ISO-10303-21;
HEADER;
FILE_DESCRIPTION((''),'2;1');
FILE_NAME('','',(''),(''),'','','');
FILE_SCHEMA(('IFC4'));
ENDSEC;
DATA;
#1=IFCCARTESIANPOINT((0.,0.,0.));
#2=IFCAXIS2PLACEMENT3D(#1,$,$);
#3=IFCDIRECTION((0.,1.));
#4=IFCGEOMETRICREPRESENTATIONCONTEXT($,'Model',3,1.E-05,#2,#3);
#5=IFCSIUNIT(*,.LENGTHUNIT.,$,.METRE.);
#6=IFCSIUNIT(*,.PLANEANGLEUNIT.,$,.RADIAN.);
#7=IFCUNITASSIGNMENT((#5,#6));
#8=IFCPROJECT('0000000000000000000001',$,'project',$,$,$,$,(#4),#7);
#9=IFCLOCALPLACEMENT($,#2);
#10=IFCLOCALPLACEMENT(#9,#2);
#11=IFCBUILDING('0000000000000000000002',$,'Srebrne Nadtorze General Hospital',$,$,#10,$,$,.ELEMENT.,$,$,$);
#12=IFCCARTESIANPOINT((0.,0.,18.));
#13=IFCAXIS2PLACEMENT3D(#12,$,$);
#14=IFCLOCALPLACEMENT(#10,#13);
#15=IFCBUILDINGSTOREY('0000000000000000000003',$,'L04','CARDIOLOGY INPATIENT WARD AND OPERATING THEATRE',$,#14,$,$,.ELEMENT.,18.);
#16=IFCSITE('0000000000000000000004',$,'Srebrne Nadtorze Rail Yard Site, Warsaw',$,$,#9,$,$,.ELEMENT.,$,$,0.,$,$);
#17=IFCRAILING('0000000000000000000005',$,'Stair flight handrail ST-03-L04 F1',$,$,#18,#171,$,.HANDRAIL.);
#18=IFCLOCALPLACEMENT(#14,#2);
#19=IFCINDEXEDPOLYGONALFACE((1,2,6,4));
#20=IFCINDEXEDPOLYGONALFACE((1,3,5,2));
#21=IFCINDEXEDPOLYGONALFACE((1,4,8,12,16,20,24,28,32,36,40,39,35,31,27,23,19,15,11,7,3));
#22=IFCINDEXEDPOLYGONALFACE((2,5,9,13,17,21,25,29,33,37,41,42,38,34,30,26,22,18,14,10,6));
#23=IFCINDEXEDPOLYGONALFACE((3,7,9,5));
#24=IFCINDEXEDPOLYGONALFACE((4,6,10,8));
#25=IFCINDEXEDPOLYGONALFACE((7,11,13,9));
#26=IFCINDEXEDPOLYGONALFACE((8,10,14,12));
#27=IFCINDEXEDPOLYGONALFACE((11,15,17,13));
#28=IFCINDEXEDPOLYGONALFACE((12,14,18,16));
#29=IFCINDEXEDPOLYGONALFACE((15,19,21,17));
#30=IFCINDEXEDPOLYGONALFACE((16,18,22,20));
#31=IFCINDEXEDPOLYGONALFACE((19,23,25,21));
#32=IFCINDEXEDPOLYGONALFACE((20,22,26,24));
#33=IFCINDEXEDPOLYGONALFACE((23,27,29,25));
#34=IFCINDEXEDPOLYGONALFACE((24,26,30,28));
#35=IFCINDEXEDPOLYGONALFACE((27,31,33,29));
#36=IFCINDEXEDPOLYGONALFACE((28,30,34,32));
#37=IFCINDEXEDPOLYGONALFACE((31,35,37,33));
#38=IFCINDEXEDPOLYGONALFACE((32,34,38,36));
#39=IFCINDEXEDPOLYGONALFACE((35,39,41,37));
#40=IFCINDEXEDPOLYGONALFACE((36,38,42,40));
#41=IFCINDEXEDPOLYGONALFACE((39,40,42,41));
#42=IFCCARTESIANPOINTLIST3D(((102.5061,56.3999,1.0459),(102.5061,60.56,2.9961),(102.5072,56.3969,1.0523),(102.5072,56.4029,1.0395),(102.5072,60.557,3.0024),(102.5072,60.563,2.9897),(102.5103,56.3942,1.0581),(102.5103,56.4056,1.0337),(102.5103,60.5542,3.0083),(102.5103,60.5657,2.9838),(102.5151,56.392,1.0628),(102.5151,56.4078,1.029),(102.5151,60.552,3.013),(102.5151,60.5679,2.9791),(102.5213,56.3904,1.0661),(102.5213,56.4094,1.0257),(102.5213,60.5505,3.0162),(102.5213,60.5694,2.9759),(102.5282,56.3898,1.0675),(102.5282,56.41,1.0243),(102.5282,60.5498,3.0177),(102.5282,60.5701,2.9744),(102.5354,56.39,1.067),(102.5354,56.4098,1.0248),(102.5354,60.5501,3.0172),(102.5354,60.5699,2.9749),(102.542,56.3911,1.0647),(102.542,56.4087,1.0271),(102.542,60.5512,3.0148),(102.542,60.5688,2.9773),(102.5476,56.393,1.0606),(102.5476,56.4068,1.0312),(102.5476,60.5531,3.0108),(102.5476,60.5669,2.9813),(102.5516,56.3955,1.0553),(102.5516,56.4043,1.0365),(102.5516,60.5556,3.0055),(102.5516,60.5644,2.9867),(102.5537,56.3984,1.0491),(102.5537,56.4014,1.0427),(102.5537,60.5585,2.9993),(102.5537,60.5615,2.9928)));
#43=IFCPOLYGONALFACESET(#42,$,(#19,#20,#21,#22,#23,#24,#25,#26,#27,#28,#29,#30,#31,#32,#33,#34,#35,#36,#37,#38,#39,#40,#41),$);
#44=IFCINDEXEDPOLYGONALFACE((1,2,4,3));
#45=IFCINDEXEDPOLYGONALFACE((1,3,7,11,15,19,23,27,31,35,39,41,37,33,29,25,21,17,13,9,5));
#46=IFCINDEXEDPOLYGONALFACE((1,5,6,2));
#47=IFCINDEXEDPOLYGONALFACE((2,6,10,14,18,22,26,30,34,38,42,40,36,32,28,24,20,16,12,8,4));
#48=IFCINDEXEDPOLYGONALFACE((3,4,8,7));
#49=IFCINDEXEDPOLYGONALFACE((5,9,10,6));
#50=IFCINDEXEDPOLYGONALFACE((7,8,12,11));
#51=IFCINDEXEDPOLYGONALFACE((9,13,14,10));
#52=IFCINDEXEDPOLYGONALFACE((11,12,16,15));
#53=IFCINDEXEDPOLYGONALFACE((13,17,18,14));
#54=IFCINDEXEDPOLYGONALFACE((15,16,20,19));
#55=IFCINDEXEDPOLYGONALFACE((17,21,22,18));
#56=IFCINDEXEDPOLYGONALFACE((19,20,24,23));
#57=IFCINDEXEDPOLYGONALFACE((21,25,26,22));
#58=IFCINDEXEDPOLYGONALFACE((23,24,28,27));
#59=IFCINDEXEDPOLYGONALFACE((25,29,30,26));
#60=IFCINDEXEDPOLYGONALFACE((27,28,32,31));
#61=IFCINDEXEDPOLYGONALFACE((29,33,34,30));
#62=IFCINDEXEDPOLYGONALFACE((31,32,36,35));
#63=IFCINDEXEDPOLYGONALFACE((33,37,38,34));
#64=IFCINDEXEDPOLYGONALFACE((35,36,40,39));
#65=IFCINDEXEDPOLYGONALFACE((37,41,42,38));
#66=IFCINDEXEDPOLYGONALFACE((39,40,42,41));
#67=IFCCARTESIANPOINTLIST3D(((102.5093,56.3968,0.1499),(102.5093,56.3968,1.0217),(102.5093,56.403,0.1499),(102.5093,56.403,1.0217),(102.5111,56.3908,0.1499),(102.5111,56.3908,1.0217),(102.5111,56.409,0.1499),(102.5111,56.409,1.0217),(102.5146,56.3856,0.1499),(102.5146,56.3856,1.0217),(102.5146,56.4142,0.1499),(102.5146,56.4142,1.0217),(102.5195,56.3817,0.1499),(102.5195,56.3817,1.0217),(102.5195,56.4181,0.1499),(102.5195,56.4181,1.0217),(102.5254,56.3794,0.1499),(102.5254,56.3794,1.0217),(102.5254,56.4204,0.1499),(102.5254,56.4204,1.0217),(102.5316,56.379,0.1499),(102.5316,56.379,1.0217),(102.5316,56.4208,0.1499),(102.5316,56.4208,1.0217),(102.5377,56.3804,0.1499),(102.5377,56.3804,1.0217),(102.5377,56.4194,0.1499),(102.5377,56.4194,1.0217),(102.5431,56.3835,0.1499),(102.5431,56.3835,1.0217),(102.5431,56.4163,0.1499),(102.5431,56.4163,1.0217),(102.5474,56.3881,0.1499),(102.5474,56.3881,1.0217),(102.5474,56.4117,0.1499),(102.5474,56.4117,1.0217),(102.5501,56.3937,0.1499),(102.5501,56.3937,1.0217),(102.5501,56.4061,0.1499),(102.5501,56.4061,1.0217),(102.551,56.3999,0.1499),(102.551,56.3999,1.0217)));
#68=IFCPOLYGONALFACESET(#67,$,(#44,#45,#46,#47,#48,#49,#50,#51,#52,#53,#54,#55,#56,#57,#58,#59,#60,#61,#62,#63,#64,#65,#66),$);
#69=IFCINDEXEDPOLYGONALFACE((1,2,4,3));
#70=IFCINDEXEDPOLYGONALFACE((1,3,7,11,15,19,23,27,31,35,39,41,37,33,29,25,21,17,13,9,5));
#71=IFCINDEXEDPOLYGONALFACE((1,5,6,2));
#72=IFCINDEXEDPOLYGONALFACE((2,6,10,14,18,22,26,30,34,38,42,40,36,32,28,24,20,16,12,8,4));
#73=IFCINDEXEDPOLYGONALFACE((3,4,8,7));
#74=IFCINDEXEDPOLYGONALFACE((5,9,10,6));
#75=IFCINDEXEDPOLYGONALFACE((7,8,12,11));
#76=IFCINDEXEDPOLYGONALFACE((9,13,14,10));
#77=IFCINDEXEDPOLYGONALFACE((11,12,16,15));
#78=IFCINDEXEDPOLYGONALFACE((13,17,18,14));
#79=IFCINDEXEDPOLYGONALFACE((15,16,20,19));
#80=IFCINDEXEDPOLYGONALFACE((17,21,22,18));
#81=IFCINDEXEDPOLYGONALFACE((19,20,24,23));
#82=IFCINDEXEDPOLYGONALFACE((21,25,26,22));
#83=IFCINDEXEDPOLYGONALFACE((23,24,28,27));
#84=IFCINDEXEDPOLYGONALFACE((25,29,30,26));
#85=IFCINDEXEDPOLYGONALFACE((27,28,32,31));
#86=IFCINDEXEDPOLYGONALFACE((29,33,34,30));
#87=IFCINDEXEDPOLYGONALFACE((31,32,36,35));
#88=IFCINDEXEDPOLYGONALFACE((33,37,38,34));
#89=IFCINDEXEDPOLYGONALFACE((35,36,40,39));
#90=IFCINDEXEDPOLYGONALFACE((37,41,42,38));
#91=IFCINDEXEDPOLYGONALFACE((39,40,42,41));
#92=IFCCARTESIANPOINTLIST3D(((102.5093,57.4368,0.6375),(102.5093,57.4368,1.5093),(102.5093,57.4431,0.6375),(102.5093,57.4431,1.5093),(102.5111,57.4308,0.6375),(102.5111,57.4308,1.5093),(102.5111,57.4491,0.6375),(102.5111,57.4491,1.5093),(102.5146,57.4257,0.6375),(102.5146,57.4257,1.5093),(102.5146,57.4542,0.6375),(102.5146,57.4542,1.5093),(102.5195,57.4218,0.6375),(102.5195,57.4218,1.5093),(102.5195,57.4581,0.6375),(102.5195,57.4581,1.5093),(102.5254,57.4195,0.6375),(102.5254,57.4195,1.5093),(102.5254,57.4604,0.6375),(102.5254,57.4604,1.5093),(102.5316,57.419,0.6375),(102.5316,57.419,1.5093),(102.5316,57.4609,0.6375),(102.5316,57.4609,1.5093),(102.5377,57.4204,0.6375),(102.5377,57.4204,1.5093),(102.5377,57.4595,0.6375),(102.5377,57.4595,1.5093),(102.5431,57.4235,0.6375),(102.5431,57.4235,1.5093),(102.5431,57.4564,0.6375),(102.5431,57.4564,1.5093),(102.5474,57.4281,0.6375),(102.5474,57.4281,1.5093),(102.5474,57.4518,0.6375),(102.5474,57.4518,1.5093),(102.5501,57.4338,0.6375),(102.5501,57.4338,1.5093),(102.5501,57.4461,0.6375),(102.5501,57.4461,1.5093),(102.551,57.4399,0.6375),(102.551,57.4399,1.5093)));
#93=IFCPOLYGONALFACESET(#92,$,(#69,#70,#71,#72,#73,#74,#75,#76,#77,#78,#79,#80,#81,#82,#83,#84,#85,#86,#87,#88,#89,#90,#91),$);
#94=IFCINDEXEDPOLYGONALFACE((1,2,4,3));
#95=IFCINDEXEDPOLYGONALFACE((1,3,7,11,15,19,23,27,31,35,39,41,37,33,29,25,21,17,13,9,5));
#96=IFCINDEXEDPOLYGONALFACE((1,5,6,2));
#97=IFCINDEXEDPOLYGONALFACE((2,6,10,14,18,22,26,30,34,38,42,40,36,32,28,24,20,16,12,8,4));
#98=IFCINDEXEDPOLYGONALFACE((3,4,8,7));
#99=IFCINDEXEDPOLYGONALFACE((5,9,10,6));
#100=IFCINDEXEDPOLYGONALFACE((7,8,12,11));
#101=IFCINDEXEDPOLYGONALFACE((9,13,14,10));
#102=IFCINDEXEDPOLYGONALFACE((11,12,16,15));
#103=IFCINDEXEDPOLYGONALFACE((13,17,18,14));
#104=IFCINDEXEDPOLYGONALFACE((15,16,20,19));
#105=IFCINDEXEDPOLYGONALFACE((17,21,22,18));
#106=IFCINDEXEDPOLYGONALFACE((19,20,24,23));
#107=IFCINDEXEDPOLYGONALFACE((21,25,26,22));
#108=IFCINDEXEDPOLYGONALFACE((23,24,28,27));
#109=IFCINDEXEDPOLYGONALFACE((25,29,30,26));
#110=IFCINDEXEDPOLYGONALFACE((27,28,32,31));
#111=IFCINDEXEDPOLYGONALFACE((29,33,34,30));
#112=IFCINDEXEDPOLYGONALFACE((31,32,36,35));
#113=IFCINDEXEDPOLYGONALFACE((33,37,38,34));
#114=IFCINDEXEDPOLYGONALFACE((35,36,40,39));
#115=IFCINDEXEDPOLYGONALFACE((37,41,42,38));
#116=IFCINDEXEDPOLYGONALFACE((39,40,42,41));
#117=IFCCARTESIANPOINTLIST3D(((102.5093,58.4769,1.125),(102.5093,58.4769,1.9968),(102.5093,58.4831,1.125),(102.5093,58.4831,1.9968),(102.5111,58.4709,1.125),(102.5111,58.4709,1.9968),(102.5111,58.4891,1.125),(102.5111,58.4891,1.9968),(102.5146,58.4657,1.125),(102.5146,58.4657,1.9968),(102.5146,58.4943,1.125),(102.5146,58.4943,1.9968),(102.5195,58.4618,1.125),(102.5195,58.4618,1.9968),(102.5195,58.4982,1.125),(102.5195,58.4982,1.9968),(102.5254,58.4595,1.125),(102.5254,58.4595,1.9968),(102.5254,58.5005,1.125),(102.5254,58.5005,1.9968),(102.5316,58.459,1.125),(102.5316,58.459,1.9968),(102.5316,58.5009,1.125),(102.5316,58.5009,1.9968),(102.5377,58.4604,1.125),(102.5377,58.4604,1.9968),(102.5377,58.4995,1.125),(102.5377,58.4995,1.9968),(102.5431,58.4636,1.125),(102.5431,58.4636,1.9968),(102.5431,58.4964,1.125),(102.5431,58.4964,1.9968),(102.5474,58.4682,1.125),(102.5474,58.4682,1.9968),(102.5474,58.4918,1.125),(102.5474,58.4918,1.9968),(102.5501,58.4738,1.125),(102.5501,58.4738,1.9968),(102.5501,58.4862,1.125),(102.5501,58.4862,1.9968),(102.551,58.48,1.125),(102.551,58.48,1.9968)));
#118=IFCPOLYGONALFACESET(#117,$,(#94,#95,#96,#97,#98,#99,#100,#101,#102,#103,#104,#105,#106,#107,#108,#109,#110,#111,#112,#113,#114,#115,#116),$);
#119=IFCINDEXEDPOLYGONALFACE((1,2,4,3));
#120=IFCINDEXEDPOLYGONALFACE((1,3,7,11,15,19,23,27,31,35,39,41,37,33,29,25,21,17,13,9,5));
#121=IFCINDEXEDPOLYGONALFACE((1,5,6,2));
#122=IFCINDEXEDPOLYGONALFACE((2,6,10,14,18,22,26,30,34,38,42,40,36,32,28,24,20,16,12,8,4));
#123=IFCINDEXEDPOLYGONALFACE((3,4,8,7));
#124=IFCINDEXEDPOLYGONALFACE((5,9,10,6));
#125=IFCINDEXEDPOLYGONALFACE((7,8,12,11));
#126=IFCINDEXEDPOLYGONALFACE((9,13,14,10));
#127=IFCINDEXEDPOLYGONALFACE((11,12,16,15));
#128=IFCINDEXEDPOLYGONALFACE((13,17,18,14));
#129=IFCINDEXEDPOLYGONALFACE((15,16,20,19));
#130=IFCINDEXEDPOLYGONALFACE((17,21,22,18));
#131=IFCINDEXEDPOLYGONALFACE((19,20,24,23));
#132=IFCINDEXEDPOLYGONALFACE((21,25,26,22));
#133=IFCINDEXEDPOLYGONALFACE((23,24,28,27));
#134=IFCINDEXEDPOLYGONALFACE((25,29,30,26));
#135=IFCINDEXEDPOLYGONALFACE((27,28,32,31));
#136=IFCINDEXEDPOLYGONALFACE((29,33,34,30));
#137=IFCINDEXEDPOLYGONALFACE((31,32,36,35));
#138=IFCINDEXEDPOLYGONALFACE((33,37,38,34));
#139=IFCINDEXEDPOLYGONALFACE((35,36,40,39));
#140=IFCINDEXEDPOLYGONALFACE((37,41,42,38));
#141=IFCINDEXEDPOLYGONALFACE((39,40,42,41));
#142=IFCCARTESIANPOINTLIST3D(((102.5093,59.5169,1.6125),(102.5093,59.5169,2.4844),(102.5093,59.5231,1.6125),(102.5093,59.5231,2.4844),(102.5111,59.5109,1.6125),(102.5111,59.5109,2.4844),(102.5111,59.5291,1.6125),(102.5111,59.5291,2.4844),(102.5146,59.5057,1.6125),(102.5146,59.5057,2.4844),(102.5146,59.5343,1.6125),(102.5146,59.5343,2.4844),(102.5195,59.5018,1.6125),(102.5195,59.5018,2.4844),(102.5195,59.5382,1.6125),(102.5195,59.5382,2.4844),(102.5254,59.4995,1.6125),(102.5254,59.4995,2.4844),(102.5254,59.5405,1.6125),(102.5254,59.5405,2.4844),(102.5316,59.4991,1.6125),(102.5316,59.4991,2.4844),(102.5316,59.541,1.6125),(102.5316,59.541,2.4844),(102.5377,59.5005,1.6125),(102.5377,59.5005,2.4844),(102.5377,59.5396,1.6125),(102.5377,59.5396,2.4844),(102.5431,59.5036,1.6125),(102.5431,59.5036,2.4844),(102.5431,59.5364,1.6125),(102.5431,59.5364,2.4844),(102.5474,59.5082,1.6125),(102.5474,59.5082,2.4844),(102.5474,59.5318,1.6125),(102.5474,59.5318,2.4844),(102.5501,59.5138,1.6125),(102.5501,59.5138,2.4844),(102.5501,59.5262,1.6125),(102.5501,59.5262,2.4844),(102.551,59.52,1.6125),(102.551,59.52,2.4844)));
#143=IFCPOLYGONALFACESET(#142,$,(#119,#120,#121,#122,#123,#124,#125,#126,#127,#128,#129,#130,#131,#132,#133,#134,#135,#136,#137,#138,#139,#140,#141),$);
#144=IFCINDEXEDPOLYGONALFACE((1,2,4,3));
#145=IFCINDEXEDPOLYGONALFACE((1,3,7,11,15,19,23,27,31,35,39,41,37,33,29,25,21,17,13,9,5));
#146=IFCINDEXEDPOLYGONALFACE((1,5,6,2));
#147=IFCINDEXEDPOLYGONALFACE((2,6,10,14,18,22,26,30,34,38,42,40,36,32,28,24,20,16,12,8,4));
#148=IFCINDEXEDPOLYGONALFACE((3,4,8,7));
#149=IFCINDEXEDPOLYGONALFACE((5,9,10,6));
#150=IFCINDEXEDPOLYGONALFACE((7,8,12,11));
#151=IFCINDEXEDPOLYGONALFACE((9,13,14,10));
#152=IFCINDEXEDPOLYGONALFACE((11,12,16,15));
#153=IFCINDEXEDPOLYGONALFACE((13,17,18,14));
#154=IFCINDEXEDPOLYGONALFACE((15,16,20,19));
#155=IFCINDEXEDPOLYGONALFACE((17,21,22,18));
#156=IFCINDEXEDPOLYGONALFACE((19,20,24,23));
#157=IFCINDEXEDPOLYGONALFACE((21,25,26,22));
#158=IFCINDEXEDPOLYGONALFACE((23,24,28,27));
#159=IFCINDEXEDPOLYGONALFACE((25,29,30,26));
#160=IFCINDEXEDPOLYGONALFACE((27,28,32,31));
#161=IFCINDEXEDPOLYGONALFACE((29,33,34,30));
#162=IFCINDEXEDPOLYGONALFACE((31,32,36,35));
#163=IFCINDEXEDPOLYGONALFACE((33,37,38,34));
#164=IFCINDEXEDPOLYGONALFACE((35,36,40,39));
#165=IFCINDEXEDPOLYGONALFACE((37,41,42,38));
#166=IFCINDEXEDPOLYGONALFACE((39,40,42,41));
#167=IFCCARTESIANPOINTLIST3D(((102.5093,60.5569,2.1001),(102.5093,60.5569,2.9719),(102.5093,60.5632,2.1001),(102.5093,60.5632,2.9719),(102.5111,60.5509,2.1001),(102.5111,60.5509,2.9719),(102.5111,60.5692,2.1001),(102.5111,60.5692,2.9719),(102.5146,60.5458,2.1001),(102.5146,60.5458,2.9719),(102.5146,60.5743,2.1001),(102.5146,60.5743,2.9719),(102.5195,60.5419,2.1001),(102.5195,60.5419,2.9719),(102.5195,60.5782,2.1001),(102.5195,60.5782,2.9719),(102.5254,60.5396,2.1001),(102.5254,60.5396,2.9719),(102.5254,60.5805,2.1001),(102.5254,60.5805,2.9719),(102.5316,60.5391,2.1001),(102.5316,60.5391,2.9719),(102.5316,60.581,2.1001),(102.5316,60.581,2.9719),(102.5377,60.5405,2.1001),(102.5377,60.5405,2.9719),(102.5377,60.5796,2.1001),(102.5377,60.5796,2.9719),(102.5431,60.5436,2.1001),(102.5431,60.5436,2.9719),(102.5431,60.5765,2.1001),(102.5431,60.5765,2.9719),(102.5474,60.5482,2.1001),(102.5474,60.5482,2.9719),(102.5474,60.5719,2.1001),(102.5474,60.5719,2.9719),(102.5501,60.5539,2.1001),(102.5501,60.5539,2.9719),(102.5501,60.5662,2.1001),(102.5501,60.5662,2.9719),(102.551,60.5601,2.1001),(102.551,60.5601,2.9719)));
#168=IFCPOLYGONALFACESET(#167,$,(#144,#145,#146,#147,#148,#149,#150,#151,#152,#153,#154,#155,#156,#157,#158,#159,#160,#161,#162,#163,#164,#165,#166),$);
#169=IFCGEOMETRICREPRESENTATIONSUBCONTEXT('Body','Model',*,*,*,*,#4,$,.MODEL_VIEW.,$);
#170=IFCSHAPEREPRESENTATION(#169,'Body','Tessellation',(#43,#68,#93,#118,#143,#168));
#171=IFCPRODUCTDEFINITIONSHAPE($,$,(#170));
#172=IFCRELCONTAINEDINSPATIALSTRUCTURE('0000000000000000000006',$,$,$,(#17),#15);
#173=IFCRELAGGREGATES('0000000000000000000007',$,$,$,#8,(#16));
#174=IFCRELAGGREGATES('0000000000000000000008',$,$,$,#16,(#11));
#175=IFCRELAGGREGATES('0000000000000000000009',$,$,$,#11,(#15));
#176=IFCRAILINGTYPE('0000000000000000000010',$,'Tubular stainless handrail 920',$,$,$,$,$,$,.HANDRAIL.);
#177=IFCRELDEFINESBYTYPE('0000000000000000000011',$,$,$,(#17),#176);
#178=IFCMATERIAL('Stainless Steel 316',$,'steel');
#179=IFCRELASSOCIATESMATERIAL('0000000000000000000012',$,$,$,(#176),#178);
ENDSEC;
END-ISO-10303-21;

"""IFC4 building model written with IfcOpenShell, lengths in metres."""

from ifc_helpers import new_model, si_unit, direction, frame, origin, origin_2d, place, context, subcontext, project, spatial, circle, extrude, material, type_object, element, save


model = new_model("IFC4")

# Units and contexts
model_context = context("Model", 3, precision=1e-05, world=origin(), true_north=direction((0.0, 1.0)))
body_context = subcontext(model_context, "Body", "Model", "MODEL_VIEW")
ifc_project = project(units=[si_unit("LENGTHUNIT", "METRE"), si_unit("PLANEANGLEUNIT", "RADIAN")], contexts=[model_context])

# Site, building, storey
site_placement = place(None, origin())
site = spatial("IfcSite", under=ifc_project, at=site_placement, Name="Srebrne Nadtorze Rail Yard Site, Warsaw", CompositionType="ELEMENT", RefElevation=0.0)
building_placement = place(site_placement, origin())
building = spatial("IfcBuilding", under=site, at=building_placement, Name="Srebrne Nadtorze General Hospital", CompositionType="ELEMENT")
storey_placement = place(building_placement, frame((0.0, 0.0, 18.0)))
storey = spatial("IfcBuildingStorey", under=building, at=storey_placement, Name="L04", Description="CARDIOLOGY INPATIENT WARD AND OPERATING THEATRE", CompositionType="ELEMENT", Elevation=18.0)

# Railing
ifc_material_1 = material(Name="Stainless Steel 316", Category="steel")
railing_type_1 = type_object("IfcRailingType", Name="Tubular stainless handrail 920", PredefinedType="HANDRAIL", material=ifc_material_1)
railing_1_placement = place(storey_placement, frame((102.53, 56.3999, 0.1499)))
element("IfcRailing", 1, at=railing_1_placement, inside=storey, type_object=railing_type_1, Name="Stair flight handrail ST-03-L04 F1", PredefinedType="HANDRAIL", context=body_context, shape_type="SweptSolid", body=[
    extrude(circle(Radius=0.0239, at=origin_2d()), frame((0.0, 0.0, 0.896), z_axis=(0.0, 0.905449, 0.424456), x_axis=(-1.0, 0.0, 0.0)), (0.0, 0.0, 1.0), 4.5945),
    extrude(circle(Radius=0.021, at=origin_2d()), origin(), (0.0, 0.0, 1.0), 0.8718),
    extrude(circle(Radius=0.021, at=origin_2d()), frame((0.0, 1.04, 0.4875)), (0.0, 0.0, 1.0), 0.8718),
    extrude(circle(Radius=0.021, at=origin_2d()), frame((0.0, 2.0801, 0.9751)), (0.0, 0.0, 1.0), 0.8718),
    extrude(circle(Radius=0.021, at=origin_2d()), frame((0.0, 3.1201, 1.4626)), (0.0, 0.0, 1.0), 0.8718),
    extrude(circle(Radius=0.021, at=origin_2d()), frame((0.0, 4.1602, 1.9502)), (0.0, 0.0, 1.0), 0.8718),
])

save(model, "model.ifc")
